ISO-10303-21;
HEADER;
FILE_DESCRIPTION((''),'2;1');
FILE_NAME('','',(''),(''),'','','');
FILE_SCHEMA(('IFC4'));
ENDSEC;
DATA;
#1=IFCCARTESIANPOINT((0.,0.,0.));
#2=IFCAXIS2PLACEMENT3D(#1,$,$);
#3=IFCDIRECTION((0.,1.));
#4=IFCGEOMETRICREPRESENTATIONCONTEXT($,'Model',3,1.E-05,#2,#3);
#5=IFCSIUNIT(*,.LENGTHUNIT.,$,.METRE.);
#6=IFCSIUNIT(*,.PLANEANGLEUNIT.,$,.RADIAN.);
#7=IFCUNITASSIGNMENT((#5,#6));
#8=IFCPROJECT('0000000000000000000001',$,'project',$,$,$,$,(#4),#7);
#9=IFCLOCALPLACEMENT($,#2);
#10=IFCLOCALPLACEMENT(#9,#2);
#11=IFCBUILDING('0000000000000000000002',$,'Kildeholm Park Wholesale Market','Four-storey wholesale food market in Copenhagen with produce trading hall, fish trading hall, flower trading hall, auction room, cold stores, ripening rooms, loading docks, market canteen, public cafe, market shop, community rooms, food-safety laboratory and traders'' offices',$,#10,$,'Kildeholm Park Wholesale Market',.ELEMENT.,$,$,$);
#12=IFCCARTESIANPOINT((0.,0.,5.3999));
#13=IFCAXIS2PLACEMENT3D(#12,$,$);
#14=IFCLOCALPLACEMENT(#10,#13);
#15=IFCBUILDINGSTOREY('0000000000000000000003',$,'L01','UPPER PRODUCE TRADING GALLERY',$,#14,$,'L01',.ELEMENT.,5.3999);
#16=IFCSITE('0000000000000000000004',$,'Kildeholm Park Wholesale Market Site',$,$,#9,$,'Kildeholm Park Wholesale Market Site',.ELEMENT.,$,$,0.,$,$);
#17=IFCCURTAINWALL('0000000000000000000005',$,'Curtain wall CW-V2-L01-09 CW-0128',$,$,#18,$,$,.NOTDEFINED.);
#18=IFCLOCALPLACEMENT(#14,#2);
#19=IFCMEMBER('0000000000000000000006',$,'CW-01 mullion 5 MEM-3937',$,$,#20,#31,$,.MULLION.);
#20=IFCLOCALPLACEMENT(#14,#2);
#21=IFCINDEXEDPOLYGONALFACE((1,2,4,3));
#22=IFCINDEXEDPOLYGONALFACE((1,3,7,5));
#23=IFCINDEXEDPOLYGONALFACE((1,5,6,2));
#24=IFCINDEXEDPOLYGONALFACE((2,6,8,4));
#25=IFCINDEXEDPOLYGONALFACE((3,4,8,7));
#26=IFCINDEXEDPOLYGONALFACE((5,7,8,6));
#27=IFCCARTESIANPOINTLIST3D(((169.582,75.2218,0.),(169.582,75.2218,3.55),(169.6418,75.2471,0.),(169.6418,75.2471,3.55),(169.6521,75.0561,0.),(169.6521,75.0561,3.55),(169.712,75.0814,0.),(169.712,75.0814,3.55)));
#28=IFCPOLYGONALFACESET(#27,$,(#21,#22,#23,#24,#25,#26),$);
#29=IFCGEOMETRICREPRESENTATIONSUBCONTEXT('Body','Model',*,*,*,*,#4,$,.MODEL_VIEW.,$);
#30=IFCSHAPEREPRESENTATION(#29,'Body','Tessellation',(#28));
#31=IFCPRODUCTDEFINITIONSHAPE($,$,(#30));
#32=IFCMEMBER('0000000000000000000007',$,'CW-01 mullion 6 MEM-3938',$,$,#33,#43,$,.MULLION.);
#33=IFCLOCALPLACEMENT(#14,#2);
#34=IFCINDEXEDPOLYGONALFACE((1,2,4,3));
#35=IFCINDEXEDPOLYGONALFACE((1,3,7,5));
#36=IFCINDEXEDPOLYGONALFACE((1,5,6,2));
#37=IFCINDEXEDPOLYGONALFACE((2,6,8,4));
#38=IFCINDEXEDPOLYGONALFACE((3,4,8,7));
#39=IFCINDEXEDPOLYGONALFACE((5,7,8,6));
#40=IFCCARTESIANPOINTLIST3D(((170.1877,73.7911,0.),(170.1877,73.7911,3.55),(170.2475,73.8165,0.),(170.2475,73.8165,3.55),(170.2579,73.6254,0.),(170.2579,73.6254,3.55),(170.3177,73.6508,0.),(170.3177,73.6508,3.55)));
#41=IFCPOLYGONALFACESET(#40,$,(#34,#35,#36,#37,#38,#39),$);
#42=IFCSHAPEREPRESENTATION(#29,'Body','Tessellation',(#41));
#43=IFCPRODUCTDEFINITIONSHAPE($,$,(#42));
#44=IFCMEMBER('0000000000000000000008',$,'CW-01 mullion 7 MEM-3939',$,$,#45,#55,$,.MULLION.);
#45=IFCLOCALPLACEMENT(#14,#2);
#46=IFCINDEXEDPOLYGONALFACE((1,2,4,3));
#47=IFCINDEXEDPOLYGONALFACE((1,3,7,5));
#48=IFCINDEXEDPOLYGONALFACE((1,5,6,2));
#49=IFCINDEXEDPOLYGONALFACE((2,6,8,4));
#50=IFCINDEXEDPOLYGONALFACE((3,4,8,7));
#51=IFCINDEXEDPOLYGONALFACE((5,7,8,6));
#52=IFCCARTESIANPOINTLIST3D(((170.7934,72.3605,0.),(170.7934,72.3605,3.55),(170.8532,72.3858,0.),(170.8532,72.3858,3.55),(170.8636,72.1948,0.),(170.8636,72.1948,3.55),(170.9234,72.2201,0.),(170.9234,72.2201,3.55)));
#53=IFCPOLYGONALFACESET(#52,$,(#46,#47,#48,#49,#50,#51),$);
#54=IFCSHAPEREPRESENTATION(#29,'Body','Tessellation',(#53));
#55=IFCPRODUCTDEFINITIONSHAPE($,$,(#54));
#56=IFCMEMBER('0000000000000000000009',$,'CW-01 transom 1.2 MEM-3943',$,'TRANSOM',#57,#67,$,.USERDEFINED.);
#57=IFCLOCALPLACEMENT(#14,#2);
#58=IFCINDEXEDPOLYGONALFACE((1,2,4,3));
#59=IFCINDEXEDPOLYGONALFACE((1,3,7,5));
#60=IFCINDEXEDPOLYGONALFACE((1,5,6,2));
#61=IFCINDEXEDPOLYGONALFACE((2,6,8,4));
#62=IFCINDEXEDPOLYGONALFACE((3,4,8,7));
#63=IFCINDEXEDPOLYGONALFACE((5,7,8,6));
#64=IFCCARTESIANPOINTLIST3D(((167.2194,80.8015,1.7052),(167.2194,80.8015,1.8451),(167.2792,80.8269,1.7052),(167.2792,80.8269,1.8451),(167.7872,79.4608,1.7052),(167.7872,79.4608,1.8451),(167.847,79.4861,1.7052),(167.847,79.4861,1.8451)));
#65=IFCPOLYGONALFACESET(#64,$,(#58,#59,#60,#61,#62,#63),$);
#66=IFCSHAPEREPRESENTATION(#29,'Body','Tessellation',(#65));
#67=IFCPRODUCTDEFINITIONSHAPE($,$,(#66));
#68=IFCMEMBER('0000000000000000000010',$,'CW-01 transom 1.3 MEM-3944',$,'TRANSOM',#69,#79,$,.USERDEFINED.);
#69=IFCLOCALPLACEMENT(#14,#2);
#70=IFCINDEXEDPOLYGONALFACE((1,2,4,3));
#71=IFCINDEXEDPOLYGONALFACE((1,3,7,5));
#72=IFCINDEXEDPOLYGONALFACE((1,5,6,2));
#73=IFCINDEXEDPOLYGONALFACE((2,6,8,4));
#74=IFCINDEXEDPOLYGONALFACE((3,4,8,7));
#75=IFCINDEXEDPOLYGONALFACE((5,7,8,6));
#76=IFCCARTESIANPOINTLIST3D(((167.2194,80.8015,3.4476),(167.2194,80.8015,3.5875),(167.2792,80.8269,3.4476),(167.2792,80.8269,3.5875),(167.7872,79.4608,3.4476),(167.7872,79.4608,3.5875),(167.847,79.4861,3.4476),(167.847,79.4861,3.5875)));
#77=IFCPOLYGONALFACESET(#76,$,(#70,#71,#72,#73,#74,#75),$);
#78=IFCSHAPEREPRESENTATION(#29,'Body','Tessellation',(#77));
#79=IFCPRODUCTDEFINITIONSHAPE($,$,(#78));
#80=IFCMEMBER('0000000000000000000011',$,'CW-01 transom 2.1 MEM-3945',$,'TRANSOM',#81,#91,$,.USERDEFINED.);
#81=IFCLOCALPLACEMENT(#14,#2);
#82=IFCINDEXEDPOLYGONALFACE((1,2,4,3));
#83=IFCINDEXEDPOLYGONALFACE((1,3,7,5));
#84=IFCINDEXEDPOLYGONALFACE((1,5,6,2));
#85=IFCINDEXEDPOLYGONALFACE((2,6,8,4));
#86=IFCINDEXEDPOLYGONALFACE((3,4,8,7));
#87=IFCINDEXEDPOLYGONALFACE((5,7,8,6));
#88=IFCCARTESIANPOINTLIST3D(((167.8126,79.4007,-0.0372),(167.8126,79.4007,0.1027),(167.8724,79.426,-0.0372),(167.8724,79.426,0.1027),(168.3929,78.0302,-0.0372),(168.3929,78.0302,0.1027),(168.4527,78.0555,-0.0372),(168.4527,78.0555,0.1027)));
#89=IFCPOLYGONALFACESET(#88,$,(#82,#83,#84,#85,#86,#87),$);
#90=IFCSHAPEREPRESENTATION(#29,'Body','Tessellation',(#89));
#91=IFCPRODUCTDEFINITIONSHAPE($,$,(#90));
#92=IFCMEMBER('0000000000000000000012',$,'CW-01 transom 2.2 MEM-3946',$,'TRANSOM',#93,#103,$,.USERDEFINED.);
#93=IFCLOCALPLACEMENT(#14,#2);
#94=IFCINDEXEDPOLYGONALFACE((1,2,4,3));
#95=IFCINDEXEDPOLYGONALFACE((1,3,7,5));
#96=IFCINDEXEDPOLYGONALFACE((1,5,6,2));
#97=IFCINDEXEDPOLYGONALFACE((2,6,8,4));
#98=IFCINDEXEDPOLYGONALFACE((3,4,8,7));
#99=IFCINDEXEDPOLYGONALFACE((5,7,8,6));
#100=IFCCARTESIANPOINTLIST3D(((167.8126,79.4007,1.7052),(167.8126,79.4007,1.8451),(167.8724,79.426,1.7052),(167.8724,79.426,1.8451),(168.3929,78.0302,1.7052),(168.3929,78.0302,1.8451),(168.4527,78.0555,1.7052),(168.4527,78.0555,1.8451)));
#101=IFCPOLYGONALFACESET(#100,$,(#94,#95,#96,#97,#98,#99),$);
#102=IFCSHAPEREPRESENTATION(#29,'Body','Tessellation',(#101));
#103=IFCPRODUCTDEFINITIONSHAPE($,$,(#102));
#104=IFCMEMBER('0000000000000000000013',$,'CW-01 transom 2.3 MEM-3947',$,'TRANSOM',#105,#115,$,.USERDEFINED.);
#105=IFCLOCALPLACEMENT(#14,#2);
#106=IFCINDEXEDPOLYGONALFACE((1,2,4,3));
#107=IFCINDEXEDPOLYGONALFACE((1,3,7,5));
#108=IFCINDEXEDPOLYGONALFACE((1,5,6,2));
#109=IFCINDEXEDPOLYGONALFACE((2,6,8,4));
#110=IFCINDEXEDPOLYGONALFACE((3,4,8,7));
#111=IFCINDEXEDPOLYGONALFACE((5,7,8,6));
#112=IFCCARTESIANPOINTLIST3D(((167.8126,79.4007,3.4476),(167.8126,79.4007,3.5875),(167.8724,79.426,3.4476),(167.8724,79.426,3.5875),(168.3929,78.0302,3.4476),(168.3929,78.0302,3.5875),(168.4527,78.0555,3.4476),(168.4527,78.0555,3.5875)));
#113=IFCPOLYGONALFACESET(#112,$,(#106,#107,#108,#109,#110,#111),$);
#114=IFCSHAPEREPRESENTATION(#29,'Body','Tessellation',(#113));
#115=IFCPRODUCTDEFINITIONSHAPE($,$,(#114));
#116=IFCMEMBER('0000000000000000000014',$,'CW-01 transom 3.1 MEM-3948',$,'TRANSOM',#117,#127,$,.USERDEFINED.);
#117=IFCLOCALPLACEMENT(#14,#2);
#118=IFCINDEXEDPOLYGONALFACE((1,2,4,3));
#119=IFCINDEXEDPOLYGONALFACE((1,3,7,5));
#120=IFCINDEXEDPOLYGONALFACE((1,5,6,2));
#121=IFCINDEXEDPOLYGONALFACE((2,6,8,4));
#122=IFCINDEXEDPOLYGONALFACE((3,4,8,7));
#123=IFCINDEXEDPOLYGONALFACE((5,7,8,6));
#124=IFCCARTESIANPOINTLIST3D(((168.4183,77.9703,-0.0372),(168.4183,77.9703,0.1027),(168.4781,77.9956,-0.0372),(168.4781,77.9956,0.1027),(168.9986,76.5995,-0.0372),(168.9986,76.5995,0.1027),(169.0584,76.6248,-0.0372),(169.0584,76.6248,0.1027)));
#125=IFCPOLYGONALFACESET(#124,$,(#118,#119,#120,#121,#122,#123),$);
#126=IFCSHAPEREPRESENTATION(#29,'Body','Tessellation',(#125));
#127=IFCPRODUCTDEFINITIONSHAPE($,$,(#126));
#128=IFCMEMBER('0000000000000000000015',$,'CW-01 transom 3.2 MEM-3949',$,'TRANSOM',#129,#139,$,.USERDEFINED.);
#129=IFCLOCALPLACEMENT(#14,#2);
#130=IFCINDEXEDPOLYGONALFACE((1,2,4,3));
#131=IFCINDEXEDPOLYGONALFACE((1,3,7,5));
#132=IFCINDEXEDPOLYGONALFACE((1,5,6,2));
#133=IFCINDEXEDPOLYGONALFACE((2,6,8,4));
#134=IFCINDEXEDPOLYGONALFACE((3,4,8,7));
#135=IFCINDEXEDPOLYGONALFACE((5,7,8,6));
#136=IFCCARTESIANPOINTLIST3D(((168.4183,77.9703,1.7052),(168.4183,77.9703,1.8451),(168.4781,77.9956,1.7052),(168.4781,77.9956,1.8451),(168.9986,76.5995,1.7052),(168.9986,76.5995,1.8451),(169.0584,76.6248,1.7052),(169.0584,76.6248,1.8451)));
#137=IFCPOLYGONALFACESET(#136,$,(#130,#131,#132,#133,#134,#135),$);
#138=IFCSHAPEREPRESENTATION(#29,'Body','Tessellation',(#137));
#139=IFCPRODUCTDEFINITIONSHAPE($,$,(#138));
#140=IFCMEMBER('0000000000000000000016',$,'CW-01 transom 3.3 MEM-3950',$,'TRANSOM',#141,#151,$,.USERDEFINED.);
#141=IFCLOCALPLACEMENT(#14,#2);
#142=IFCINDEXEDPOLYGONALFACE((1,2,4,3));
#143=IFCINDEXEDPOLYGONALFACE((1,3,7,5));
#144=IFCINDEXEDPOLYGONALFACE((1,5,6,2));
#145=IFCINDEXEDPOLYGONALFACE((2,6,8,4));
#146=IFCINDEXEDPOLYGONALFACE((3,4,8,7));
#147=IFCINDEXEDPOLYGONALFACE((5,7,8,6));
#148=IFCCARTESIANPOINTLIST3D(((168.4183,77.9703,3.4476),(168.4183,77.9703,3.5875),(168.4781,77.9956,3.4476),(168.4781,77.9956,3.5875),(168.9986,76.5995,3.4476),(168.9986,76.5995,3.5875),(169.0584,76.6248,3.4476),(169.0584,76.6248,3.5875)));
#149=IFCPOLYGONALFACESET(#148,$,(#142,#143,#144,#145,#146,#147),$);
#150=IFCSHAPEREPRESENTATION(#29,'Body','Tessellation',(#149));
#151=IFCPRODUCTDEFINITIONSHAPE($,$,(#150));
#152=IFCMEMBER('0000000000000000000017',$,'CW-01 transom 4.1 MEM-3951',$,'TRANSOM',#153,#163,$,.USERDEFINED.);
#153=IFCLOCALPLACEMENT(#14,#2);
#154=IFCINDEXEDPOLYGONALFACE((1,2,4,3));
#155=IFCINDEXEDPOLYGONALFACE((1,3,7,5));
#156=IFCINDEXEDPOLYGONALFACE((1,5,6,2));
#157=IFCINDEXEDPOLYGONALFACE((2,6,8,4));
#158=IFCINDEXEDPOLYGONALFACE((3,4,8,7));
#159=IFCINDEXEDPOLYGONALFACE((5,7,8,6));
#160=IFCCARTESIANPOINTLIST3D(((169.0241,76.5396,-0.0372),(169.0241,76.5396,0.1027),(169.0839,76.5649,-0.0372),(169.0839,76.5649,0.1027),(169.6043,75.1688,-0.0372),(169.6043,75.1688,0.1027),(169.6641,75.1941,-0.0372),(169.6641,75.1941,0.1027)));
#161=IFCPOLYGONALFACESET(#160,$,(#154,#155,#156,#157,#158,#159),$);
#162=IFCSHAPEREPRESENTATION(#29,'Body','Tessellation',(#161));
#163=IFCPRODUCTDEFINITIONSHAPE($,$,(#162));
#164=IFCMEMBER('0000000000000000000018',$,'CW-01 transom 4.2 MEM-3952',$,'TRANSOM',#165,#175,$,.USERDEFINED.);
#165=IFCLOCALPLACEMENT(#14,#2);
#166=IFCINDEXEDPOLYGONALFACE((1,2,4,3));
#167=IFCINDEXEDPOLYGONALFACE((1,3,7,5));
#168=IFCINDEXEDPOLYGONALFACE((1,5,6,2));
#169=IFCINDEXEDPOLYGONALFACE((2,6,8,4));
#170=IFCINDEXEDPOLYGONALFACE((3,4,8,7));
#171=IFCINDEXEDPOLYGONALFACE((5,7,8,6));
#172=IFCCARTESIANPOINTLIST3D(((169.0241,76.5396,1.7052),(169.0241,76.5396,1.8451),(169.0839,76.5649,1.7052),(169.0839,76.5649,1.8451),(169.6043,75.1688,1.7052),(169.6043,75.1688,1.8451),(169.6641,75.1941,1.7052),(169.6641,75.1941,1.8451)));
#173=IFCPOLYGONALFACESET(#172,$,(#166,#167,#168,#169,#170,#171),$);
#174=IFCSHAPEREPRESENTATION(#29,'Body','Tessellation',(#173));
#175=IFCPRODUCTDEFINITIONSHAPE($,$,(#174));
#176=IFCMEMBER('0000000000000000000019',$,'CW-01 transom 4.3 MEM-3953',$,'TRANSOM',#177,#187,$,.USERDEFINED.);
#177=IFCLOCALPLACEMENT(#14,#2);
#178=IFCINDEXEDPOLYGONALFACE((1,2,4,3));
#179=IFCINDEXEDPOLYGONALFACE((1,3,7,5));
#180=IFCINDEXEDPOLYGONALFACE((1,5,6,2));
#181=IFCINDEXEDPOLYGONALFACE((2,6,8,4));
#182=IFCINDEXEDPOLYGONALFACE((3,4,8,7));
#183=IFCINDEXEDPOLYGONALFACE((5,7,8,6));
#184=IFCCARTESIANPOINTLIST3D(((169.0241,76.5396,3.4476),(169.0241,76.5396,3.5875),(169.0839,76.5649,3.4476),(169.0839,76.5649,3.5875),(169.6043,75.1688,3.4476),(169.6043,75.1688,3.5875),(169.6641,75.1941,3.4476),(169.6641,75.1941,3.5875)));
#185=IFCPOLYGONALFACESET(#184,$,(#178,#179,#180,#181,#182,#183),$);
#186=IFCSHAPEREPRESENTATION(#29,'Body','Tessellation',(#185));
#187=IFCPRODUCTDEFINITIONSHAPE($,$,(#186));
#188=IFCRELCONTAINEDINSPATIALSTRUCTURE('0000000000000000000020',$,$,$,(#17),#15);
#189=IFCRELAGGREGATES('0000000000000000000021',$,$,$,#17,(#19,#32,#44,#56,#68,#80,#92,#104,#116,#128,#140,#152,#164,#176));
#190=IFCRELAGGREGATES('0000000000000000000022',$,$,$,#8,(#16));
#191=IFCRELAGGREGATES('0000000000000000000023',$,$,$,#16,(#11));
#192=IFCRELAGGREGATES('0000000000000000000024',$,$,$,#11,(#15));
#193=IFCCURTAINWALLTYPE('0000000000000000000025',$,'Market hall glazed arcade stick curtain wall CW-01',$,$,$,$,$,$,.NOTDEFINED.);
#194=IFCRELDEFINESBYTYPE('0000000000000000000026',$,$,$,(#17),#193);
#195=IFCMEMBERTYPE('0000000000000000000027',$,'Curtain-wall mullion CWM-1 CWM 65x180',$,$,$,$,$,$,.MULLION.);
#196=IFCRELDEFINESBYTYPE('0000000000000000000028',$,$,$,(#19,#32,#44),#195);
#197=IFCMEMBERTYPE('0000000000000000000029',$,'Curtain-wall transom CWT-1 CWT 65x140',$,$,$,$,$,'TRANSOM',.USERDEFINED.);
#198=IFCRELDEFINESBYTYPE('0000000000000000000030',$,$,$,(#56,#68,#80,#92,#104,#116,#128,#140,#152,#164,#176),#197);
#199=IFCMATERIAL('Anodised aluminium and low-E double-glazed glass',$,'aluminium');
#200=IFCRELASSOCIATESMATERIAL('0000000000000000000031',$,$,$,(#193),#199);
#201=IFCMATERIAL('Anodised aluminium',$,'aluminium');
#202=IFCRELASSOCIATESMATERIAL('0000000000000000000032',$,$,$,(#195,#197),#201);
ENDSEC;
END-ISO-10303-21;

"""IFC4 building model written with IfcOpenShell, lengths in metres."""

from ifc_helpers import new_model, si_unit, direction, frame, origin, origin_2d, place, context, subcontext, project, spatial, rectangle, extrude, material, material_profile, profile_set, type_object, element, aggregate, save


model = new_model("IFC4")

# Units and contexts
model_context = context("Model", 3, precision=1e-05, world=origin(), true_north=direction((0.0, 1.0)))
body_context = subcontext(model_context, "Body", "Model", "MODEL_VIEW")
ifc_project = project(units=[si_unit("LENGTHUNIT", "METRE"), si_unit("PLANEANGLEUNIT", "RADIAN")], contexts=[model_context])

# Site, building, storey
site_placement = place(None, origin())
site = spatial("IfcSite", under=ifc_project, at=site_placement, Name="Kildeholm Park Wholesale Market Site", LongName="Kildeholm Park Wholesale Market Site", CompositionType="ELEMENT", RefElevation=0.0)
building_placement = place(site_placement, origin())
building = spatial("IfcBuilding", under=site, at=building_placement, Name="Kildeholm Park Wholesale Market", Description="Four-storey wholesale food market in Copenhagen with produce trading hall, fish trading hall, flower trading hall, auction room, cold stores, ripening rooms, loading docks, market canteen, public cafe, market shop, community rooms, food-safety laboratory and traders' offices", LongName="Kildeholm Park Wholesale Market", CompositionType="ELEMENT")
storey_placement = place(building_placement, frame((0.0, 0.0, 5.3999)))
storey = spatial("IfcBuildingStorey", under=building, at=storey_placement, Name="L01", Description="UPPER PRODUCE TRADING GALLERY", LongName="L01", CompositionType="ELEMENT", Elevation=5.3999)

# Curtain wall, members
ifc_material_1 = material(Name="Anodised aluminium and low-E double-glazed glass", Category="aluminium")
curtain_wall_type = type_object("IfcCurtainWallType", Name="Market hall glazed arcade stick curtain wall CW-01", PredefinedType="NOTDEFINED", material=ifc_material_1)
curtain_wall_placement = place(storey_placement, origin())
curtain_wall = element("IfcCurtainWall", 1, at=curtain_wall_placement, inside=storey, type_object=curtain_wall_type, Name="Curtain wall CW-V2-L01-09 CW-0128", PredefinedType="NOTDEFINED")
ifc_material_2 = material(Name="Anodised aluminium", Category="aluminium")
ifc_material_profile_1 = material_profile(ifc_material_2, rectangle(XDim=0.0649, YDim=0.1799, at=origin_2d()), Name="CWM 65x180")
ifc_profile_set_1 = profile_set([ifc_material_profile_1], Name="Anodised aluminium")
member_type_1 = type_object("IfcMemberType", Name="Curtain-wall mullion CWM-1 CWM 65x180", PredefinedType="MULLION", material=ifc_profile_set_1)
member_1_placement = place(storey_placement, frame((169.647, 75.1516, 0.0), z_axis=(0.0, 0.0, 1.0), x_axis=(0.920855, 0.389905, 0.0)))
member_1 = element("IfcMember", 2, at=member_1_placement, type_object=member_type_1, Name="CW-01 mullion 5 MEM-3937", PredefinedType="MULLION", context=body_context, shape_type="SweptSolid", body=[
    extrude(rectangle(XDim=0.0649, YDim=0.1799, at=origin_2d()), origin(), (0.0, 0.0, 1.0), 3.55),
])
member_2_placement = place(storey_placement, frame((170.2527, 73.7209, 0.0), z_axis=(0.0, 0.0, 1.0), x_axis=(0.920855, 0.389905, 0.0)))
member_2 = element("IfcMember", 3, at=member_2_placement, type_object=member_type_1, Name="CW-01 mullion 6 MEM-3938", PredefinedType="MULLION", context=body_context, shape_type="SweptSolid", body=[
    extrude(rectangle(XDim=0.0649, YDim=0.1799, at=origin_2d()), origin(), (0.0, 0.0, 1.0), 3.55),
])
member_3_placement = place(storey_placement, frame((170.8584, 72.2903, 0.0), z_axis=(0.0, 0.0, 1.0), x_axis=(0.920855, 0.389905, 0.0)))
member_3 = element("IfcMember", 4, at=member_3_placement, type_object=member_type_1, Name="CW-01 mullion 7 MEM-3939", PredefinedType="MULLION", context=body_context, shape_type="SweptSolid", body=[
    extrude(rectangle(XDim=0.0649, YDim=0.1799, at=origin_2d()), origin(), (0.0, 0.0, 1.0), 3.55),
])
ifc_material_profile_2 = material_profile(ifc_material_2, rectangle(XDim=0.0649, YDim=0.1399, at=origin_2d()), Name="CWT 65x140")
ifc_profile_set_2 = profile_set([ifc_material_profile_2], Name="Anodised aluminium")
member_type_2 = type_object("IfcMemberType", Name="Curtain-wall transom CWT-1 CWT 65x140", ElementType="TRANSOM", PredefinedType="USERDEFINED", material=ifc_profile_set_2)
member_4_placement = place(storey_placement, frame((167.2493, 80.8142, 1.7751), z_axis=(0.38999, -0.920819, 0.0), x_axis=(0.920819, 0.38999, 0.0)))
member_4 = element("IfcMember", 5, at=member_4_placement, type_object=member_type_2, Name="CW-01 transom 1.2 MEM-3943", ObjectType="TRANSOM", PredefinedType="USERDEFINED", context=body_context, shape_type="SweptSolid", body=[
    extrude(rectangle(XDim=0.0649, YDim=0.1399, at=origin_2d()), origin(), (0.0, 0.0, 1.0), 1.4561),
])
member_5_placement = place(storey_placement, frame((167.2493, 80.8142, 3.5176), z_axis=(0.38999, -0.920819, 0.0), x_axis=(0.920819, 0.38999, 0.0)))
member_5 = element("IfcMember", 6, at=member_5_placement, type_object=member_type_2, Name="CW-01 transom 1.3 MEM-3944", ObjectType="TRANSOM", PredefinedType="USERDEFINED", context=body_context, shape_type="SweptSolid", body=[
    extrude(rectangle(XDim=0.0649, YDim=0.1399, at=origin_2d()), origin(), (0.0, 0.0, 1.0), 1.4561),
])
member_6_placement = place(storey_placement, frame((167.8425, 79.4133, 0.0327), z_axis=(0.389897, -0.920859, 0.0), x_axis=(0.920859, 0.389897, 0.0)))
member_6 = element("IfcMember", 7, at=member_6_placement, type_object=member_type_2, Name="CW-01 transom 2.1 MEM-3945", ObjectType="TRANSOM", PredefinedType="USERDEFINED", context=body_context, shape_type="SweptSolid", body=[
    extrude(rectangle(XDim=0.0649, YDim=0.1399, at=origin_2d()), origin(), (0.0, 0.0, 1.0), 1.4883),
])
member_7_placement = place(storey_placement, frame((167.8425, 79.4133, 1.7751), z_axis=(0.389897, -0.920859, 0.0), x_axis=(0.920859, 0.389897, 0.0)))
member_7 = element("IfcMember", 8, at=member_7_placement, type_object=member_type_2, Name="CW-01 transom 2.2 MEM-3946", ObjectType="TRANSOM", PredefinedType="USERDEFINED", context=body_context, shape_type="SweptSolid", body=[
    extrude(rectangle(XDim=0.0649, YDim=0.1399, at=origin_2d()), origin(), (0.0, 0.0, 1.0), 1.4883),
])
member_8_placement = place(storey_placement, frame((167.8425, 79.4133, 3.5176), z_axis=(0.389897, -0.920859, 0.0), x_axis=(0.920859, 0.389897, 0.0)))
member_8 = element("IfcMember", 9, at=member_8_placement, type_object=member_type_2, Name="CW-01 transom 2.3 MEM-3947", ObjectType="TRANSOM", PredefinedType="USERDEFINED", context=body_context, shape_type="SweptSolid", body=[
    extrude(rectangle(XDim=0.0649, YDim=0.1399, at=origin_2d()), origin(), (0.0, 0.0, 1.0), 1.4883),
])
member_9_placement = place(storey_placement, frame((168.4482, 77.9829, 0.0327), z_axis=(0.389838, -0.920883, 0.0), x_axis=(0.920883, 0.389838, 0.0)))
member_9 = element("IfcMember", 10, at=member_9_placement, type_object=member_type_2, Name="CW-01 transom 3.1 MEM-3948", ObjectType="TRANSOM", PredefinedType="USERDEFINED", context=body_context, shape_type="SweptSolid", body=[
    extrude(rectangle(XDim=0.0649, YDim=0.1399, at=origin_2d()), origin(), (0.0, 0.0, 1.0), 1.4885),
])
member_10_placement = place(storey_placement, frame((168.4482, 77.9829, 1.7751), z_axis=(0.389838, -0.920883, 0.0), x_axis=(0.920883, 0.389838, 0.0)))
member_10 = element("IfcMember", 11, at=member_10_placement, type_object=member_type_2, Name="CW-01 transom 3.2 MEM-3949", ObjectType="TRANSOM", PredefinedType="USERDEFINED", context=body_context, shape_type="SweptSolid", body=[
    extrude(rectangle(XDim=0.0649, YDim=0.1399, at=origin_2d()), origin(), (0.0, 0.0, 1.0), 1.4885),
])
member_11_placement = place(storey_placement, frame((168.4482, 77.9829, 3.5176), z_axis=(0.389838, -0.920883, 0.0), x_axis=(0.920883, 0.389838, 0.0)))
member_11 = element("IfcMember", 12, at=member_11_placement, type_object=member_type_2, Name="CW-01 transom 3.3 MEM-3950", ObjectType="TRANSOM", PredefinedType="USERDEFINED", context=body_context, shape_type="SweptSolid", body=[
    extrude(rectangle(XDim=0.0649, YDim=0.1399, at=origin_2d()), origin(), (0.0, 0.0, 1.0), 1.4885),
])
member_12_placement = place(storey_placement, frame((169.054, 76.5522, 0.0327), z_axis=(0.389838, -0.920883, 0.0), x_axis=(0.920883, 0.389838, 0.0)))
member_12 = element("IfcMember", 13, at=member_12_placement, type_object=member_type_2, Name="CW-01 transom 4.1 MEM-3951", ObjectType="TRANSOM", PredefinedType="USERDEFINED", context=body_context, shape_type="SweptSolid", body=[
    extrude(rectangle(XDim=0.0649, YDim=0.1399, at=origin_2d()), origin(), (0.0, 0.0, 1.0), 1.4885),
])
member_13_placement = place(storey_placement, frame((169.054, 76.5522, 1.7751), z_axis=(0.389838, -0.920883, 0.0), x_axis=(0.920883, 0.389838, 0.0)))
member_13 = element("IfcMember", 14, at=member_13_placement, type_object=member_type_2, Name="CW-01 transom 4.2 MEM-3952", ObjectType="TRANSOM", PredefinedType="USERDEFINED", context=body_context, shape_type="SweptSolid", body=[
    extrude(rectangle(XDim=0.0649, YDim=0.1399, at=origin_2d()), origin(), (0.0, 0.0, 1.0), 1.4885),
])
member_14_placement = place(storey_placement, frame((169.054, 76.5522, 3.5176), z_axis=(0.389838, -0.920883, 0.0), x_axis=(0.920883, 0.389838, 0.0)))
member_14 = element("IfcMember", 15, at=member_14_placement, type_object=member_type_2, Name="CW-01 transom 4.3 MEM-3953", ObjectType="TRANSOM", PredefinedType="USERDEFINED", context=body_context, shape_type="SweptSolid", body=[
    extrude(rectangle(XDim=0.0649, YDim=0.1399, at=origin_2d()), origin(), (0.0, 0.0, 1.0), 1.4885),
])
aggregate(curtain_wall, [member_1, member_2, member_3, member_4, member_5, member_6, member_7, member_8, member_9, member_10, member_11, member_12, member_13, member_14])

save(model, "model.ifc")
